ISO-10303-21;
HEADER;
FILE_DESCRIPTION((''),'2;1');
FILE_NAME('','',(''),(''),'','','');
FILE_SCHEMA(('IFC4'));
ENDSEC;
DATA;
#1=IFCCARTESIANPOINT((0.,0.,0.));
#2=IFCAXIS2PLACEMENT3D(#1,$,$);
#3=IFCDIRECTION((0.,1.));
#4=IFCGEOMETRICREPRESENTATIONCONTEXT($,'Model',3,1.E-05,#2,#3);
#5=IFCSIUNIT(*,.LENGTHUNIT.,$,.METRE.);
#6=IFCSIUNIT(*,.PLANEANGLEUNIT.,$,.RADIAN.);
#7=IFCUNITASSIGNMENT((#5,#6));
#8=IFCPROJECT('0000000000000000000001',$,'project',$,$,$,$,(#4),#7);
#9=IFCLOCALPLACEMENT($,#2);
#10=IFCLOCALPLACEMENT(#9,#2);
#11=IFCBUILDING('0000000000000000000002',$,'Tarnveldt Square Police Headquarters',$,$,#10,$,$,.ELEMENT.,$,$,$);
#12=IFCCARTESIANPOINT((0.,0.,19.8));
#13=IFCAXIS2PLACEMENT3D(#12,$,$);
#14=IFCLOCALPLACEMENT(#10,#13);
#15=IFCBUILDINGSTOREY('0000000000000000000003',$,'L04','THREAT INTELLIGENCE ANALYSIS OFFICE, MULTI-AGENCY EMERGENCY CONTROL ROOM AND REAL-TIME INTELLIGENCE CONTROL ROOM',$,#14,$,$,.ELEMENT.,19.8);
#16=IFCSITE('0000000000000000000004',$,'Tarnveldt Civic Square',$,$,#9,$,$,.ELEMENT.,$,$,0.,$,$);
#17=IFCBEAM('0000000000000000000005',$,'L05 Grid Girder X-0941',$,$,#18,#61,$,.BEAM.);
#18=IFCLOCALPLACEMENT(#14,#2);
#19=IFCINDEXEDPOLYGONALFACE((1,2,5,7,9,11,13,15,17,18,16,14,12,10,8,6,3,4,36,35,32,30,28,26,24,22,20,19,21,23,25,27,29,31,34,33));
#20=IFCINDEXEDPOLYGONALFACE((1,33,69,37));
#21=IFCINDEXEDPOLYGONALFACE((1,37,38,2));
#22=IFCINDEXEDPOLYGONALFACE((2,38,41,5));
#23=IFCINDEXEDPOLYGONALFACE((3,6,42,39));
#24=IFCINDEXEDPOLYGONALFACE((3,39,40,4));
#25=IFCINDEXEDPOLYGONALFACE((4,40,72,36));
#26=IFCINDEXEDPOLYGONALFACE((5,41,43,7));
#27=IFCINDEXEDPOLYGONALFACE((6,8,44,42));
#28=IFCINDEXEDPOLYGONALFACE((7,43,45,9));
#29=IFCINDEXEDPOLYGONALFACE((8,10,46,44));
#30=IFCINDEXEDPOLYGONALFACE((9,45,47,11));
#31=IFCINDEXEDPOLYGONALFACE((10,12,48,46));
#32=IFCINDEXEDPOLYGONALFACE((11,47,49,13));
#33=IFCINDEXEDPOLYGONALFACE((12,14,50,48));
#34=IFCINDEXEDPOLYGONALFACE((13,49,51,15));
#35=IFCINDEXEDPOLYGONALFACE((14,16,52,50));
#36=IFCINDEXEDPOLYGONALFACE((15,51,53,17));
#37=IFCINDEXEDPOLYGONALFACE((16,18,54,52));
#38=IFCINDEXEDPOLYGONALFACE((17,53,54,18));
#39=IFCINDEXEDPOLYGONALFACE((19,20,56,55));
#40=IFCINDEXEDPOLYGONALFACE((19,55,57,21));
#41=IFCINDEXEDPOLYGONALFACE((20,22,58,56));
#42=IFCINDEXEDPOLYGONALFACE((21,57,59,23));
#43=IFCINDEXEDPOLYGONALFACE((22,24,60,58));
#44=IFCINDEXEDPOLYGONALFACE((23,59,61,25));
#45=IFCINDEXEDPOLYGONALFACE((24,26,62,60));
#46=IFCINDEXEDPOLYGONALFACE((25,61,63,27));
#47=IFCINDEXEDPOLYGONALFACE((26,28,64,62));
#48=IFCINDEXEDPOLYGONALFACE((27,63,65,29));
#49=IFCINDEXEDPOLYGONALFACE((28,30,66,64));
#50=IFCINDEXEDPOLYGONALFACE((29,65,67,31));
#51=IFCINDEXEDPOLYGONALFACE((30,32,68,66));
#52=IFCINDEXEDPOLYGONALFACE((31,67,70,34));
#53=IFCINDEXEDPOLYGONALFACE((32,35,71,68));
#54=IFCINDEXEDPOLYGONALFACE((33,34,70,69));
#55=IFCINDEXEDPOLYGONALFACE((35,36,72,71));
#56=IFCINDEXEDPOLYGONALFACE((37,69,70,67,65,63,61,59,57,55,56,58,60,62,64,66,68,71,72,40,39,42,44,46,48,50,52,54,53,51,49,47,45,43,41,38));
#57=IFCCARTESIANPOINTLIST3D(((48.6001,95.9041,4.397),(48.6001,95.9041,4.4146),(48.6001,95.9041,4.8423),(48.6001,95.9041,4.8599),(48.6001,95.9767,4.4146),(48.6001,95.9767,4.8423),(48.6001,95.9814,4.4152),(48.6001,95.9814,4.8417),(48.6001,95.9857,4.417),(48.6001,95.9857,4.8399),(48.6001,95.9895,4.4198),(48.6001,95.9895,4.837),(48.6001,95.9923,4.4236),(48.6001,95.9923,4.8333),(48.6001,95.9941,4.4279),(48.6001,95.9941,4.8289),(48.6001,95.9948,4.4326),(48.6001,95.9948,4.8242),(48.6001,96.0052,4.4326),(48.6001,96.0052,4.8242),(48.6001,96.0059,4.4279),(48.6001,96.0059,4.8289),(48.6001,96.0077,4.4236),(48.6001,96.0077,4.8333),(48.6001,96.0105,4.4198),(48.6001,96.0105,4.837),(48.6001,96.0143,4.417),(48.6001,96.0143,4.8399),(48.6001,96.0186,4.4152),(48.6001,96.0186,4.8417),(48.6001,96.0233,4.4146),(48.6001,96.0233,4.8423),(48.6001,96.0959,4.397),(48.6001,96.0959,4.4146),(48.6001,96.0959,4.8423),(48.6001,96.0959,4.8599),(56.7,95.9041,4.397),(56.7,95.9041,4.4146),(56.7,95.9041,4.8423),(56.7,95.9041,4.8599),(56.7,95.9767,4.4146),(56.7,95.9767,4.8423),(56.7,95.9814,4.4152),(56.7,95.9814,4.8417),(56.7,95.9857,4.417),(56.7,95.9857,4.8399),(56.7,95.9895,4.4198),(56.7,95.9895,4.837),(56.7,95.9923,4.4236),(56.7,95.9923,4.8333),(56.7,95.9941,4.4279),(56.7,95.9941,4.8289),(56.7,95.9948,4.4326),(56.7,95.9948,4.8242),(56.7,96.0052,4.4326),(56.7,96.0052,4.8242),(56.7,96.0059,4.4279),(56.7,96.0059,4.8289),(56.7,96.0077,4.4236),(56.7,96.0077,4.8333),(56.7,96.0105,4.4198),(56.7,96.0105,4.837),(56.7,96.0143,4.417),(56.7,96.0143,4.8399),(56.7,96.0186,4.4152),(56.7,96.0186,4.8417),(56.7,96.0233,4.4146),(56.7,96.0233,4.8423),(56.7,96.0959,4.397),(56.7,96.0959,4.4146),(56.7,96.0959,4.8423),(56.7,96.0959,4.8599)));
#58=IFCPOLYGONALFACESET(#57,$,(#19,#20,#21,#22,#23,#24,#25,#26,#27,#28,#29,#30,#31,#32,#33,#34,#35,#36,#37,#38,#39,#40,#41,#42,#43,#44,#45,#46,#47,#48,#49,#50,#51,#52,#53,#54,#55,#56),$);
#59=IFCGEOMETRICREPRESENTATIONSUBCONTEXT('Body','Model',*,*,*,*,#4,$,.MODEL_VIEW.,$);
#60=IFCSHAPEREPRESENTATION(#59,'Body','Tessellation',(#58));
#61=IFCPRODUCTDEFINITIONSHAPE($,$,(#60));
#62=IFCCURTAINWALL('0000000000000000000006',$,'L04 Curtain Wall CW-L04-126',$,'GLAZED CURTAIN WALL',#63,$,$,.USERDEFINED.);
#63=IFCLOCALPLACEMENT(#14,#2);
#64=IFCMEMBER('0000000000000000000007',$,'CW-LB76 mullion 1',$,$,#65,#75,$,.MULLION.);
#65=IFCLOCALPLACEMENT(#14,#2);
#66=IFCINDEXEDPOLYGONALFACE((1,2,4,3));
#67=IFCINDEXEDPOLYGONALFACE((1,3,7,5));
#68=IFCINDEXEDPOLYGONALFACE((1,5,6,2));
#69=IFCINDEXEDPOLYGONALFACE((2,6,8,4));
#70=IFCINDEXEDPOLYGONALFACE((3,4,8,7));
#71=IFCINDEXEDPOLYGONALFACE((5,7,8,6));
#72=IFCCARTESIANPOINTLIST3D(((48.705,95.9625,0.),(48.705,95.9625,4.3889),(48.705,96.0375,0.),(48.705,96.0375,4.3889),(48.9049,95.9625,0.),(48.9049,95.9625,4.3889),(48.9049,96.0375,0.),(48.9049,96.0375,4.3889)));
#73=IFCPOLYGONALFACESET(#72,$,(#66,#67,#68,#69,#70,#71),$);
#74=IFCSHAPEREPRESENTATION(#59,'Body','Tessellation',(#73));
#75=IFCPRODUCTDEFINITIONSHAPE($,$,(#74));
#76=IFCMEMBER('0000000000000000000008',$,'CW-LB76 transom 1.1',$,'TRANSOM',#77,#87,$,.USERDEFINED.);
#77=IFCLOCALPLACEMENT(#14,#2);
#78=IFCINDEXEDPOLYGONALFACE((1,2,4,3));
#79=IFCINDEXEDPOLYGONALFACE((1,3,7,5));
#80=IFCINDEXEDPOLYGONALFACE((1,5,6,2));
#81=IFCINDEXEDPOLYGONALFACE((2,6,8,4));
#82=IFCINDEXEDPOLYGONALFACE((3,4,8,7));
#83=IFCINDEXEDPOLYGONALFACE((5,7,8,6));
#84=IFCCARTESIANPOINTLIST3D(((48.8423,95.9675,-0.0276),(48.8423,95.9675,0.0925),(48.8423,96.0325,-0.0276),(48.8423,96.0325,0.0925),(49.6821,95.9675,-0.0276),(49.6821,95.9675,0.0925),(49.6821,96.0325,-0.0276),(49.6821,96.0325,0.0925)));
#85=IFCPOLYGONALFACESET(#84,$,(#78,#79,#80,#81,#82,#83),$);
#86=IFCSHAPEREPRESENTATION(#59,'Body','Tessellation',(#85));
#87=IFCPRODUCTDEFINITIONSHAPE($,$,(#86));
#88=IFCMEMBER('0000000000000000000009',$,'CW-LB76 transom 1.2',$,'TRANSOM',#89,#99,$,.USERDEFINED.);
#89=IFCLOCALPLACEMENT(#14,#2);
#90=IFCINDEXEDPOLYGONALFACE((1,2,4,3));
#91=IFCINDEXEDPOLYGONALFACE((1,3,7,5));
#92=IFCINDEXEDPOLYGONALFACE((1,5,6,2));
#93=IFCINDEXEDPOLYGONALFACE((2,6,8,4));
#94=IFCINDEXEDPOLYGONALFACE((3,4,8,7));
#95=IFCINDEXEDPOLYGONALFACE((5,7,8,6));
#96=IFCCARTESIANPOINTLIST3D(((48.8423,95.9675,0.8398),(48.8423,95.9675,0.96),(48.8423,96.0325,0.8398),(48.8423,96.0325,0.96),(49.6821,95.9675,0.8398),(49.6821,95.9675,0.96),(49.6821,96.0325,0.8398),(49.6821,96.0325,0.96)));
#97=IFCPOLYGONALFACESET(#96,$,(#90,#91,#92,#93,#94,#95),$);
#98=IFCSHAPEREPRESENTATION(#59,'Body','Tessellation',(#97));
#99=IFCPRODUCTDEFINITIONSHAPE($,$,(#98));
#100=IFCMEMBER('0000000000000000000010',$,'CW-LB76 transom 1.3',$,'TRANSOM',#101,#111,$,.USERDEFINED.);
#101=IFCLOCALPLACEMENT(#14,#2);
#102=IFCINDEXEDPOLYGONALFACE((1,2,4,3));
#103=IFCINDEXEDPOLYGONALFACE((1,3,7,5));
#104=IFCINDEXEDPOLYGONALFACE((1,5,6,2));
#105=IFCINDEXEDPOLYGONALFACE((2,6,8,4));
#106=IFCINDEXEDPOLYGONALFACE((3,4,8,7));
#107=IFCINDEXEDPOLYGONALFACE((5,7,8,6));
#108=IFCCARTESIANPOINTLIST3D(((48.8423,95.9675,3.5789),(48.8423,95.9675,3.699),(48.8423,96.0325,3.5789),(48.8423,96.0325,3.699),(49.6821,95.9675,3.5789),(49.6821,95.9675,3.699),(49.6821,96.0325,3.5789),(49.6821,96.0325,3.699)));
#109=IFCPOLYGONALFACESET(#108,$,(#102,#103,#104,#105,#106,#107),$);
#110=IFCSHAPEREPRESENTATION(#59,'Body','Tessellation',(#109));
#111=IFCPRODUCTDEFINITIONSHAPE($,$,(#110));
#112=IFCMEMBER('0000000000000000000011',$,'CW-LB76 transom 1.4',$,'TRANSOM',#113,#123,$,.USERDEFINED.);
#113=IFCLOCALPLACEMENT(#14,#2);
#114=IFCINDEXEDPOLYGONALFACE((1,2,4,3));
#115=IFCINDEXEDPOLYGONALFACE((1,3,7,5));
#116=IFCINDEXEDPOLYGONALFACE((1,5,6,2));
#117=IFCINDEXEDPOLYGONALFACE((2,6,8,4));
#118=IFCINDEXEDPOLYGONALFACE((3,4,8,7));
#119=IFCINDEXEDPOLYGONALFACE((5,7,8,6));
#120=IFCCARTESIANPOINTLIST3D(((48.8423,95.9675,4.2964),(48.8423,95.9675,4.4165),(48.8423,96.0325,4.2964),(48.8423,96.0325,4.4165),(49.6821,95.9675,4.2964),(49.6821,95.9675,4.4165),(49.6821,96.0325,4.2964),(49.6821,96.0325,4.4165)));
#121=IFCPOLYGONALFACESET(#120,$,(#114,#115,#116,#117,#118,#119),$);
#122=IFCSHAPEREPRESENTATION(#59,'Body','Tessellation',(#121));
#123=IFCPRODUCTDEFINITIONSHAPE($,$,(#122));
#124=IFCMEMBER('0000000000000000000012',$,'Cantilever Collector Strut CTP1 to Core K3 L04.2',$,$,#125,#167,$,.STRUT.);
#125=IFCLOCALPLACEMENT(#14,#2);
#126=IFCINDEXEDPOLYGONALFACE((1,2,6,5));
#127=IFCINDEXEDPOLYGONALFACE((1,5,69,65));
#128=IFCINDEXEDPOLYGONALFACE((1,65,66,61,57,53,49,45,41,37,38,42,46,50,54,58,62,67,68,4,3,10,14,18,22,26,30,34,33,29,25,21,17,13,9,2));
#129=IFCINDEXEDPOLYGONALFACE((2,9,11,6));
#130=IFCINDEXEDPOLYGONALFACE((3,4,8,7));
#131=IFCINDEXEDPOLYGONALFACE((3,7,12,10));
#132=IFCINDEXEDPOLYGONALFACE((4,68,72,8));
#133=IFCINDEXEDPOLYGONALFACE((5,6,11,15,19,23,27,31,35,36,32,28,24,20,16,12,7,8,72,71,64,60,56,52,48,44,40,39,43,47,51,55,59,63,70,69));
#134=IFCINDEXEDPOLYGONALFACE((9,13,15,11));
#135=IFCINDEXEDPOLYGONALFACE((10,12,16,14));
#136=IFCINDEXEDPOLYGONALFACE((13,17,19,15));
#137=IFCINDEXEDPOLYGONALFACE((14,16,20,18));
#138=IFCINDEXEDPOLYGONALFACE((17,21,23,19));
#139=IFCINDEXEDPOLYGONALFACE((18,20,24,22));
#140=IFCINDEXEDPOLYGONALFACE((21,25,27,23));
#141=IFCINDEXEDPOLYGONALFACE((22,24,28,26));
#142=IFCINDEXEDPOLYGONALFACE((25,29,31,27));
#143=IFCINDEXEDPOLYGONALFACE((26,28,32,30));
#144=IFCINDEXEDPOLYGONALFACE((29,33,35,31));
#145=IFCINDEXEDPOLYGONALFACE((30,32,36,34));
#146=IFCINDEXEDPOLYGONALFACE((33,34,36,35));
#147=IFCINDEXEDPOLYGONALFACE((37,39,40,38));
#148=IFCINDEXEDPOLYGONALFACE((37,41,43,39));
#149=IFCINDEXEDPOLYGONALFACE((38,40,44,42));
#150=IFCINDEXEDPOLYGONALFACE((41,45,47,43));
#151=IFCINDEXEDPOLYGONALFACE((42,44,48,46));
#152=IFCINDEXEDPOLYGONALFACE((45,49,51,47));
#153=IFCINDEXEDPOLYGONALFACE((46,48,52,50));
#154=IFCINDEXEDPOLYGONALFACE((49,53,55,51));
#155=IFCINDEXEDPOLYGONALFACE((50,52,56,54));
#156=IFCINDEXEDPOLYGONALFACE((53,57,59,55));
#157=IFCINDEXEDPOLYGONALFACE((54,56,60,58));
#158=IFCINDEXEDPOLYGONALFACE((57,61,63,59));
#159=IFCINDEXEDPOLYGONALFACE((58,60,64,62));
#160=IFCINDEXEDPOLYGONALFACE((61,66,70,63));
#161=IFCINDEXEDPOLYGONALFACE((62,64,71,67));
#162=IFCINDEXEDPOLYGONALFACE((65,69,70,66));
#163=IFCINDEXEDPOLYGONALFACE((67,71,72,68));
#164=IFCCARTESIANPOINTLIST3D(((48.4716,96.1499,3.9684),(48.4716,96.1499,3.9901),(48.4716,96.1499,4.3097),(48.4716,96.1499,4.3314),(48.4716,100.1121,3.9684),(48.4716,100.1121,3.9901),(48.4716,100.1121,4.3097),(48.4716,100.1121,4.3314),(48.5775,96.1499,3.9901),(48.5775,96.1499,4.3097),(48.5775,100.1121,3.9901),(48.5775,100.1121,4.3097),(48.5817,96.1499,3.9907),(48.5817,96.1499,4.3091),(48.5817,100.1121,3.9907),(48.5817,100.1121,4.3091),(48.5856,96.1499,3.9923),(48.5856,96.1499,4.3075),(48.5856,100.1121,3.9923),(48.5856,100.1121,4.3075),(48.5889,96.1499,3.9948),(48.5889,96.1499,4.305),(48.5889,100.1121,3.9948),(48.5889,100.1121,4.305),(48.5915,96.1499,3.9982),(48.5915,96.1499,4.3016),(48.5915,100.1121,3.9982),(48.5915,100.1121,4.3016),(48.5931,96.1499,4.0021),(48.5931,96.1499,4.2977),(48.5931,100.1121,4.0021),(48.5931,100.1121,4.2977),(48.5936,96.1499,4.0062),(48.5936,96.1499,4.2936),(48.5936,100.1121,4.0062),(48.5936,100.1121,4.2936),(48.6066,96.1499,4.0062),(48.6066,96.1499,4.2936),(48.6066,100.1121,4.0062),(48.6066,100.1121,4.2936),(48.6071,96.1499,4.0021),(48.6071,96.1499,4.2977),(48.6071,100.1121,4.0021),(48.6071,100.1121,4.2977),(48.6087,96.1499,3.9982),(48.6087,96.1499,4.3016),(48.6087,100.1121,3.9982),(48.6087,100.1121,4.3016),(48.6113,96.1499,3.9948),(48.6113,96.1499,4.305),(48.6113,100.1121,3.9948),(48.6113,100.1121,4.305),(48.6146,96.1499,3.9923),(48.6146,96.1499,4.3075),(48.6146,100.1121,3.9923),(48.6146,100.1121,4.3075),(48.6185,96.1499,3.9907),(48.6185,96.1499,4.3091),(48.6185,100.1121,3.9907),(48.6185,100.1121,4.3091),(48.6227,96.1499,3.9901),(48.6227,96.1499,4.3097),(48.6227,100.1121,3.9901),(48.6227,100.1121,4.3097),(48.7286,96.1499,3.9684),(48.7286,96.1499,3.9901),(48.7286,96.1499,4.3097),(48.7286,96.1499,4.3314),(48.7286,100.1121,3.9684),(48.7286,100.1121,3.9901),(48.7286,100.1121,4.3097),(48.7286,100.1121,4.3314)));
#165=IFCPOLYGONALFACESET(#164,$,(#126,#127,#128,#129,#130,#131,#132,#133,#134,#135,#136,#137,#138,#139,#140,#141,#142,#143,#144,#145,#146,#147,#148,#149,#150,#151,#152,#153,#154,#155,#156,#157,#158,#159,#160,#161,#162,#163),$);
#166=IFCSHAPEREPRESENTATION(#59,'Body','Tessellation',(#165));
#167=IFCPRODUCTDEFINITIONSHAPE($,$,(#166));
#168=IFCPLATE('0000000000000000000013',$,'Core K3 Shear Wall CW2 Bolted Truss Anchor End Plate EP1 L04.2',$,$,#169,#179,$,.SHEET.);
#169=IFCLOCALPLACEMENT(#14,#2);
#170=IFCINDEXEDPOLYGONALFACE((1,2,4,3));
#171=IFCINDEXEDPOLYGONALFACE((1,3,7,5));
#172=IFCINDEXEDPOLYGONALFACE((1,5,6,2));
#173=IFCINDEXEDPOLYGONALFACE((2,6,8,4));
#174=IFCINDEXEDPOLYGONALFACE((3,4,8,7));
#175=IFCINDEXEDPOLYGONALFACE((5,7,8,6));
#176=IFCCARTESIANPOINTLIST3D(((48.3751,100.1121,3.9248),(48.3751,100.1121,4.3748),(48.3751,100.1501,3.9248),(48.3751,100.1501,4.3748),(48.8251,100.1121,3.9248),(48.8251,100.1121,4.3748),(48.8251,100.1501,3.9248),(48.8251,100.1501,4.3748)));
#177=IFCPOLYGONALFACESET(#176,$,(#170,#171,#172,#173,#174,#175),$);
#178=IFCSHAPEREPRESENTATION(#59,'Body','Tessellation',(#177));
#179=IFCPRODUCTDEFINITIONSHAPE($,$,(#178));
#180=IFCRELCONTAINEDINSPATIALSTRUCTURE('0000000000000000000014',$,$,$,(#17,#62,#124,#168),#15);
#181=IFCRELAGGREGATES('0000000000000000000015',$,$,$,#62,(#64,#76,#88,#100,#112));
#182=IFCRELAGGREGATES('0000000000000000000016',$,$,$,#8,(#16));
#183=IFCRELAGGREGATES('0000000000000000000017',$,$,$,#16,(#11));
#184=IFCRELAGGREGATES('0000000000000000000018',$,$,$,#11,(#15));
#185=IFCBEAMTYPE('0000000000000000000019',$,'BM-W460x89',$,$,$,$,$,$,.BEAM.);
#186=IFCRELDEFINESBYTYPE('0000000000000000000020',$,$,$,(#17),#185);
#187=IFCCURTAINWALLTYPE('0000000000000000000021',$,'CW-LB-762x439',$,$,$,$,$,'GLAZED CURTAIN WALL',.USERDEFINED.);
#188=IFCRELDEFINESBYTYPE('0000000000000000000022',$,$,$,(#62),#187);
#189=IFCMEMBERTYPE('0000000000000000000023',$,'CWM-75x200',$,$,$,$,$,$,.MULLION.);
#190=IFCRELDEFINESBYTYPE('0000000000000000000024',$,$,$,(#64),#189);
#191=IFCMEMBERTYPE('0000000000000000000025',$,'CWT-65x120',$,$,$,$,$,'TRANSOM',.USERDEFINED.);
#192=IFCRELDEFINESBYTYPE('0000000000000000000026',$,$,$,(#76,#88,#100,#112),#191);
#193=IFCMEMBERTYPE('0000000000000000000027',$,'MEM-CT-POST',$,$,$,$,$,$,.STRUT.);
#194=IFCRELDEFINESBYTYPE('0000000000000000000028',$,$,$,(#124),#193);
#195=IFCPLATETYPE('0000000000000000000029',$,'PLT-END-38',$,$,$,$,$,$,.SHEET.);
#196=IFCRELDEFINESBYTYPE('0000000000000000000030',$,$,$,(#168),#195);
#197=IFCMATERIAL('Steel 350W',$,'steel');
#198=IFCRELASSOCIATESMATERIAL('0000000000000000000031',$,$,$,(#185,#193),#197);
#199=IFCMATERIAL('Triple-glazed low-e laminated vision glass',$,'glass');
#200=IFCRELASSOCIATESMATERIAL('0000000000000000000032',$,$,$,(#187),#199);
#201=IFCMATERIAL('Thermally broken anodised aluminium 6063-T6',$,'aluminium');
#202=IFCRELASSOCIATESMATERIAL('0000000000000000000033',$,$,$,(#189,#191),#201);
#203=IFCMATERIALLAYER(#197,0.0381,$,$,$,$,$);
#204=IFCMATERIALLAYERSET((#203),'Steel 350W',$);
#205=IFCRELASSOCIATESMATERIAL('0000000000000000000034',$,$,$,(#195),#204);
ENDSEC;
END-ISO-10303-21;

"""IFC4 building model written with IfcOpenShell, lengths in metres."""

from ifc_helpers import new_model, si_unit, direction, frame, origin, origin_2d, place, context, subcontext, project, spatial, rectangle, i_section, extrude, material, layer, layer_set, material_profile, profile_set, type_object, element, aggregate, save


model = new_model("IFC4")

# Units and contexts
model_context = context("Model", 3, precision=1e-05, world=origin(), true_north=direction((0.0, 1.0)))
body_context = subcontext(model_context, "Body", "Model", "MODEL_VIEW")
ifc_project = project(units=[si_unit("LENGTHUNIT", "METRE"), si_unit("PLANEANGLEUNIT", "RADIAN")], contexts=[model_context])

# Site, building, storey
site_placement = place(None, origin())
site = spatial("IfcSite", under=ifc_project, at=site_placement, Name="Tarnveldt Civic Square", CompositionType="ELEMENT", RefElevation=0.0)
building_placement = place(site_placement, origin())
building = spatial("IfcBuilding", under=site, at=building_placement, Name="Tarnveldt Square Police Headquarters", CompositionType="ELEMENT")
storey_placement = place(building_placement, frame((0.0, 0.0, 19.8)))
storey = spatial("IfcBuildingStorey", under=building, at=storey_placement, Name="L04", Description="THREAT INTELLIGENCE ANALYSIS OFFICE, MULTI-AGENCY EMERGENCY CONTROL ROOM AND REAL-TIME INTELLIGENCE CONTROL ROOM", CompositionType="ELEMENT", Elevation=19.8)

# Shared definitions
ifc_material_1 = material(Name="Steel 350W", Category="steel")

# Beam
ifc_material_profile_1 = material_profile(ifc_material_1, i_section(OverallWidth=0.1919, OverallDepth=0.4629, WebThickness=0.0105, FlangeThickness=0.0176, FilletRadius=0.0181, at=origin_2d()), Name="W460x89")
ifc_profile_set_1 = profile_set([ifc_material_profile_1], Name="Steel 350W")
beam_type_1 = type_object("IfcBeamType", Name="BM-W460x89", PredefinedType="BEAM", material=ifc_profile_set_1)
beam_1_placement = place(storey_placement, frame((48.6001, 96.0, 4.6284), z_axis=(1.0, 0.0, 0.0), x_axis=(0.0, 1.0, 0.0)))
element("IfcBeam", 1, at=beam_1_placement, inside=storey, type_object=beam_type_1, Name="L05 Grid Girder X-0941", PredefinedType="BEAM", context=body_context, shape_type="SweptSolid", body=[
    extrude(i_section(OverallWidth=0.1919, OverallDepth=0.4629, WebThickness=0.0105, FlangeThickness=0.0176, FilletRadius=0.0181, at=origin_2d()), origin(), (0.0, 0.0, 1.0), 8.0999),
])

# Curtain wall, members
ifc_material_2 = material(Name="Triple-glazed low-e laminated vision glass", Category="glass")
curtain_wall_type = type_object("IfcCurtainWallType", Name="CW-LB-762x439", ElementType="GLAZED CURTAIN WALL", PredefinedType="USERDEFINED", material=ifc_material_2)
curtain_wall_placement = place(storey_placement, origin())
curtain_wall = element("IfcCurtainWall", 2, at=curtain_wall_placement, inside=storey, type_object=curtain_wall_type, Name="L04 Curtain Wall CW-L04-126", ObjectType="GLAZED CURTAIN WALL", PredefinedType="USERDEFINED")
ifc_material_3 = material(Name="Thermally broken anodised aluminium 6063-T6", Category="aluminium")
ifc_material_profile_2 = material_profile(ifc_material_3, rectangle(XDim=0.075, YDim=0.2, at=origin_2d()), Name="CW-M75x200")
ifc_profile_set_2 = profile_set([ifc_material_profile_2], Name="Thermally broken anodised aluminium 6063-T6")
member_type_1 = type_object("IfcMemberType", Name="CWM-75x200", PredefinedType="MULLION", material=ifc_profile_set_2)
member_1_placement = place(storey_placement, frame((48.8049, 96.0, 0.0), z_axis=(0.0, 0.0, 1.0), x_axis=(0.0, 1.0, 0.0)))
member_1 = element("IfcMember", 3, at=member_1_placement, type_object=member_type_1, Name="CW-LB76 mullion 1", PredefinedType="MULLION", context=body_context, shape_type="SweptSolid", body=[
    extrude(rectangle(XDim=0.075, YDim=0.2, at=origin_2d()), origin(), (0.0, 0.0, 1.0), 4.3889),
])
ifc_material_profile_3 = material_profile(ifc_material_3, rectangle(XDim=0.0649, YDim=0.1201, at=origin_2d()), Name="CW-T65x120")
ifc_profile_set_3 = profile_set([ifc_material_profile_3], Name="Thermally broken anodised aluminium 6063-T6")
member_type_2 = type_object("IfcMemberType", Name="CWT-65x120", ElementType="TRANSOM", PredefinedType="USERDEFINED", material=ifc_profile_set_3)
member_2_placement = place(storey_placement, frame((48.8423, 96.0, 0.0325), z_axis=(1.0, 0.0, 0.0), x_axis=(0.0, 1.0, 0.0)))
member_2 = element("IfcMember", 4, at=member_2_placement, type_object=member_type_2, Name="CW-LB76 transom 1.1", ObjectType="TRANSOM", PredefinedType="USERDEFINED", context=body_context, shape_type="SweptSolid", body=[
    extrude(rectangle(XDim=0.0649, YDim=0.1201, at=origin_2d()), origin(), (0.0, 0.0, 1.0), 0.8398),
])
member_3_placement = place(storey_placement, frame((48.8423, 96.0, 0.8999), z_axis=(1.0, 0.0, 0.0), x_axis=(0.0, 1.0, 0.0)))
member_3 = element("IfcMember", 5, at=member_3_placement, type_object=member_type_2, Name="CW-LB76 transom 1.2", ObjectType="TRANSOM", PredefinedType="USERDEFINED", context=body_context, shape_type="SweptSolid", body=[
    extrude(rectangle(XDim=0.0649, YDim=0.1201, at=origin_2d()), origin(), (0.0, 0.0, 1.0), 0.8398),
])
member_4_placement = place(storey_placement, frame((48.8423, 96.0, 3.6389), z_axis=(1.0, 0.0, 0.0), x_axis=(0.0, 1.0, 0.0)))
member_4 = element("IfcMember", 6, at=member_4_placement, type_object=member_type_2, Name="CW-LB76 transom 1.3", ObjectType="TRANSOM", PredefinedType="USERDEFINED", context=body_context, shape_type="SweptSolid", body=[
    extrude(rectangle(XDim=0.0649, YDim=0.1201, at=origin_2d()), origin(), (0.0, 0.0, 1.0), 0.8398),
])
member_5_placement = place(storey_placement, frame((48.8423, 96.0, 4.3564), z_axis=(1.0, 0.0, 0.0), x_axis=(0.0, 1.0, 0.0)))
member_5 = element("IfcMember", 7, at=member_5_placement, type_object=member_type_2, Name="CW-LB76 transom 1.4", ObjectType="TRANSOM", PredefinedType="USERDEFINED", context=body_context, shape_type="SweptSolid", body=[
    extrude(rectangle(XDim=0.0649, YDim=0.1201, at=origin_2d()), origin(), (0.0, 0.0, 1.0), 0.8398),
])
aggregate(curtain_wall, [member_1, member_2, member_3, member_4, member_5])

# Member
ifc_material_profile_4 = material_profile(ifc_material_1, i_section(OverallWidth=0.2571, OverallDepth=0.363, WebThickness=0.0129, FlangeThickness=0.0217, FilletRadius=0.0161, at=origin_2d()), Name="W360x122")
ifc_profile_set_4 = profile_set([ifc_material_profile_4], Name="Steel 350W")
member_type_3 = type_object("IfcMemberType", Name="MEM-CT-POST", PredefinedType="STRUT", material=ifc_profile_set_4)
member_6_placement = place(storey_placement, frame((48.6001, 96.1499, 4.1499), z_axis=(0.0, 1.0, 0.0), x_axis=(-1.0, 0.0, 0.0)))
element("IfcMember", 8, at=member_6_placement, inside=storey, type_object=member_type_3, Name="Cantilever Collector Strut CTP1 to Core K3 L04.2", PredefinedType="STRUT", context=body_context, shape_type="SweptSolid", body=[
    extrude(i_section(OverallWidth=0.2571, OverallDepth=0.363, WebThickness=0.0129, FlangeThickness=0.0217, FilletRadius=0.0161, at=origin_2d()), origin(), (0.0, 0.0, 1.0), 3.9622),
])

# Plate
ifc_layer_1 = layer(ifc_material_1, 0.0381)
ifc_layer_set_1 = layer_set([ifc_layer_1], Name="Steel 350W")
plate_type = type_object("IfcPlateType", Name="PLT-END-38", PredefinedType="SHEET", material=ifc_layer_set_1)
plate_placement = place(storey_placement, frame((48.6001, 100.1311, 3.9248), z_axis=(0.0, 0.0, 1.0), x_axis=(1.0, 0.0, 0.0)))
element("IfcPlate", 9, at=plate_placement, inside=storey, type_object=plate_type, Name="Core K3 Shear Wall CW2 Bolted Truss Anchor End Plate EP1 L04.2", PredefinedType="SHEET", context=body_context, shape_type="SweptSolid", body=[
    extrude(rectangle(XDim=0.45, YDim=0.0381, at=origin_2d()), origin(), (0.0, 0.0, 1.0), 0.45),
])

save(model, "model.ifc")
